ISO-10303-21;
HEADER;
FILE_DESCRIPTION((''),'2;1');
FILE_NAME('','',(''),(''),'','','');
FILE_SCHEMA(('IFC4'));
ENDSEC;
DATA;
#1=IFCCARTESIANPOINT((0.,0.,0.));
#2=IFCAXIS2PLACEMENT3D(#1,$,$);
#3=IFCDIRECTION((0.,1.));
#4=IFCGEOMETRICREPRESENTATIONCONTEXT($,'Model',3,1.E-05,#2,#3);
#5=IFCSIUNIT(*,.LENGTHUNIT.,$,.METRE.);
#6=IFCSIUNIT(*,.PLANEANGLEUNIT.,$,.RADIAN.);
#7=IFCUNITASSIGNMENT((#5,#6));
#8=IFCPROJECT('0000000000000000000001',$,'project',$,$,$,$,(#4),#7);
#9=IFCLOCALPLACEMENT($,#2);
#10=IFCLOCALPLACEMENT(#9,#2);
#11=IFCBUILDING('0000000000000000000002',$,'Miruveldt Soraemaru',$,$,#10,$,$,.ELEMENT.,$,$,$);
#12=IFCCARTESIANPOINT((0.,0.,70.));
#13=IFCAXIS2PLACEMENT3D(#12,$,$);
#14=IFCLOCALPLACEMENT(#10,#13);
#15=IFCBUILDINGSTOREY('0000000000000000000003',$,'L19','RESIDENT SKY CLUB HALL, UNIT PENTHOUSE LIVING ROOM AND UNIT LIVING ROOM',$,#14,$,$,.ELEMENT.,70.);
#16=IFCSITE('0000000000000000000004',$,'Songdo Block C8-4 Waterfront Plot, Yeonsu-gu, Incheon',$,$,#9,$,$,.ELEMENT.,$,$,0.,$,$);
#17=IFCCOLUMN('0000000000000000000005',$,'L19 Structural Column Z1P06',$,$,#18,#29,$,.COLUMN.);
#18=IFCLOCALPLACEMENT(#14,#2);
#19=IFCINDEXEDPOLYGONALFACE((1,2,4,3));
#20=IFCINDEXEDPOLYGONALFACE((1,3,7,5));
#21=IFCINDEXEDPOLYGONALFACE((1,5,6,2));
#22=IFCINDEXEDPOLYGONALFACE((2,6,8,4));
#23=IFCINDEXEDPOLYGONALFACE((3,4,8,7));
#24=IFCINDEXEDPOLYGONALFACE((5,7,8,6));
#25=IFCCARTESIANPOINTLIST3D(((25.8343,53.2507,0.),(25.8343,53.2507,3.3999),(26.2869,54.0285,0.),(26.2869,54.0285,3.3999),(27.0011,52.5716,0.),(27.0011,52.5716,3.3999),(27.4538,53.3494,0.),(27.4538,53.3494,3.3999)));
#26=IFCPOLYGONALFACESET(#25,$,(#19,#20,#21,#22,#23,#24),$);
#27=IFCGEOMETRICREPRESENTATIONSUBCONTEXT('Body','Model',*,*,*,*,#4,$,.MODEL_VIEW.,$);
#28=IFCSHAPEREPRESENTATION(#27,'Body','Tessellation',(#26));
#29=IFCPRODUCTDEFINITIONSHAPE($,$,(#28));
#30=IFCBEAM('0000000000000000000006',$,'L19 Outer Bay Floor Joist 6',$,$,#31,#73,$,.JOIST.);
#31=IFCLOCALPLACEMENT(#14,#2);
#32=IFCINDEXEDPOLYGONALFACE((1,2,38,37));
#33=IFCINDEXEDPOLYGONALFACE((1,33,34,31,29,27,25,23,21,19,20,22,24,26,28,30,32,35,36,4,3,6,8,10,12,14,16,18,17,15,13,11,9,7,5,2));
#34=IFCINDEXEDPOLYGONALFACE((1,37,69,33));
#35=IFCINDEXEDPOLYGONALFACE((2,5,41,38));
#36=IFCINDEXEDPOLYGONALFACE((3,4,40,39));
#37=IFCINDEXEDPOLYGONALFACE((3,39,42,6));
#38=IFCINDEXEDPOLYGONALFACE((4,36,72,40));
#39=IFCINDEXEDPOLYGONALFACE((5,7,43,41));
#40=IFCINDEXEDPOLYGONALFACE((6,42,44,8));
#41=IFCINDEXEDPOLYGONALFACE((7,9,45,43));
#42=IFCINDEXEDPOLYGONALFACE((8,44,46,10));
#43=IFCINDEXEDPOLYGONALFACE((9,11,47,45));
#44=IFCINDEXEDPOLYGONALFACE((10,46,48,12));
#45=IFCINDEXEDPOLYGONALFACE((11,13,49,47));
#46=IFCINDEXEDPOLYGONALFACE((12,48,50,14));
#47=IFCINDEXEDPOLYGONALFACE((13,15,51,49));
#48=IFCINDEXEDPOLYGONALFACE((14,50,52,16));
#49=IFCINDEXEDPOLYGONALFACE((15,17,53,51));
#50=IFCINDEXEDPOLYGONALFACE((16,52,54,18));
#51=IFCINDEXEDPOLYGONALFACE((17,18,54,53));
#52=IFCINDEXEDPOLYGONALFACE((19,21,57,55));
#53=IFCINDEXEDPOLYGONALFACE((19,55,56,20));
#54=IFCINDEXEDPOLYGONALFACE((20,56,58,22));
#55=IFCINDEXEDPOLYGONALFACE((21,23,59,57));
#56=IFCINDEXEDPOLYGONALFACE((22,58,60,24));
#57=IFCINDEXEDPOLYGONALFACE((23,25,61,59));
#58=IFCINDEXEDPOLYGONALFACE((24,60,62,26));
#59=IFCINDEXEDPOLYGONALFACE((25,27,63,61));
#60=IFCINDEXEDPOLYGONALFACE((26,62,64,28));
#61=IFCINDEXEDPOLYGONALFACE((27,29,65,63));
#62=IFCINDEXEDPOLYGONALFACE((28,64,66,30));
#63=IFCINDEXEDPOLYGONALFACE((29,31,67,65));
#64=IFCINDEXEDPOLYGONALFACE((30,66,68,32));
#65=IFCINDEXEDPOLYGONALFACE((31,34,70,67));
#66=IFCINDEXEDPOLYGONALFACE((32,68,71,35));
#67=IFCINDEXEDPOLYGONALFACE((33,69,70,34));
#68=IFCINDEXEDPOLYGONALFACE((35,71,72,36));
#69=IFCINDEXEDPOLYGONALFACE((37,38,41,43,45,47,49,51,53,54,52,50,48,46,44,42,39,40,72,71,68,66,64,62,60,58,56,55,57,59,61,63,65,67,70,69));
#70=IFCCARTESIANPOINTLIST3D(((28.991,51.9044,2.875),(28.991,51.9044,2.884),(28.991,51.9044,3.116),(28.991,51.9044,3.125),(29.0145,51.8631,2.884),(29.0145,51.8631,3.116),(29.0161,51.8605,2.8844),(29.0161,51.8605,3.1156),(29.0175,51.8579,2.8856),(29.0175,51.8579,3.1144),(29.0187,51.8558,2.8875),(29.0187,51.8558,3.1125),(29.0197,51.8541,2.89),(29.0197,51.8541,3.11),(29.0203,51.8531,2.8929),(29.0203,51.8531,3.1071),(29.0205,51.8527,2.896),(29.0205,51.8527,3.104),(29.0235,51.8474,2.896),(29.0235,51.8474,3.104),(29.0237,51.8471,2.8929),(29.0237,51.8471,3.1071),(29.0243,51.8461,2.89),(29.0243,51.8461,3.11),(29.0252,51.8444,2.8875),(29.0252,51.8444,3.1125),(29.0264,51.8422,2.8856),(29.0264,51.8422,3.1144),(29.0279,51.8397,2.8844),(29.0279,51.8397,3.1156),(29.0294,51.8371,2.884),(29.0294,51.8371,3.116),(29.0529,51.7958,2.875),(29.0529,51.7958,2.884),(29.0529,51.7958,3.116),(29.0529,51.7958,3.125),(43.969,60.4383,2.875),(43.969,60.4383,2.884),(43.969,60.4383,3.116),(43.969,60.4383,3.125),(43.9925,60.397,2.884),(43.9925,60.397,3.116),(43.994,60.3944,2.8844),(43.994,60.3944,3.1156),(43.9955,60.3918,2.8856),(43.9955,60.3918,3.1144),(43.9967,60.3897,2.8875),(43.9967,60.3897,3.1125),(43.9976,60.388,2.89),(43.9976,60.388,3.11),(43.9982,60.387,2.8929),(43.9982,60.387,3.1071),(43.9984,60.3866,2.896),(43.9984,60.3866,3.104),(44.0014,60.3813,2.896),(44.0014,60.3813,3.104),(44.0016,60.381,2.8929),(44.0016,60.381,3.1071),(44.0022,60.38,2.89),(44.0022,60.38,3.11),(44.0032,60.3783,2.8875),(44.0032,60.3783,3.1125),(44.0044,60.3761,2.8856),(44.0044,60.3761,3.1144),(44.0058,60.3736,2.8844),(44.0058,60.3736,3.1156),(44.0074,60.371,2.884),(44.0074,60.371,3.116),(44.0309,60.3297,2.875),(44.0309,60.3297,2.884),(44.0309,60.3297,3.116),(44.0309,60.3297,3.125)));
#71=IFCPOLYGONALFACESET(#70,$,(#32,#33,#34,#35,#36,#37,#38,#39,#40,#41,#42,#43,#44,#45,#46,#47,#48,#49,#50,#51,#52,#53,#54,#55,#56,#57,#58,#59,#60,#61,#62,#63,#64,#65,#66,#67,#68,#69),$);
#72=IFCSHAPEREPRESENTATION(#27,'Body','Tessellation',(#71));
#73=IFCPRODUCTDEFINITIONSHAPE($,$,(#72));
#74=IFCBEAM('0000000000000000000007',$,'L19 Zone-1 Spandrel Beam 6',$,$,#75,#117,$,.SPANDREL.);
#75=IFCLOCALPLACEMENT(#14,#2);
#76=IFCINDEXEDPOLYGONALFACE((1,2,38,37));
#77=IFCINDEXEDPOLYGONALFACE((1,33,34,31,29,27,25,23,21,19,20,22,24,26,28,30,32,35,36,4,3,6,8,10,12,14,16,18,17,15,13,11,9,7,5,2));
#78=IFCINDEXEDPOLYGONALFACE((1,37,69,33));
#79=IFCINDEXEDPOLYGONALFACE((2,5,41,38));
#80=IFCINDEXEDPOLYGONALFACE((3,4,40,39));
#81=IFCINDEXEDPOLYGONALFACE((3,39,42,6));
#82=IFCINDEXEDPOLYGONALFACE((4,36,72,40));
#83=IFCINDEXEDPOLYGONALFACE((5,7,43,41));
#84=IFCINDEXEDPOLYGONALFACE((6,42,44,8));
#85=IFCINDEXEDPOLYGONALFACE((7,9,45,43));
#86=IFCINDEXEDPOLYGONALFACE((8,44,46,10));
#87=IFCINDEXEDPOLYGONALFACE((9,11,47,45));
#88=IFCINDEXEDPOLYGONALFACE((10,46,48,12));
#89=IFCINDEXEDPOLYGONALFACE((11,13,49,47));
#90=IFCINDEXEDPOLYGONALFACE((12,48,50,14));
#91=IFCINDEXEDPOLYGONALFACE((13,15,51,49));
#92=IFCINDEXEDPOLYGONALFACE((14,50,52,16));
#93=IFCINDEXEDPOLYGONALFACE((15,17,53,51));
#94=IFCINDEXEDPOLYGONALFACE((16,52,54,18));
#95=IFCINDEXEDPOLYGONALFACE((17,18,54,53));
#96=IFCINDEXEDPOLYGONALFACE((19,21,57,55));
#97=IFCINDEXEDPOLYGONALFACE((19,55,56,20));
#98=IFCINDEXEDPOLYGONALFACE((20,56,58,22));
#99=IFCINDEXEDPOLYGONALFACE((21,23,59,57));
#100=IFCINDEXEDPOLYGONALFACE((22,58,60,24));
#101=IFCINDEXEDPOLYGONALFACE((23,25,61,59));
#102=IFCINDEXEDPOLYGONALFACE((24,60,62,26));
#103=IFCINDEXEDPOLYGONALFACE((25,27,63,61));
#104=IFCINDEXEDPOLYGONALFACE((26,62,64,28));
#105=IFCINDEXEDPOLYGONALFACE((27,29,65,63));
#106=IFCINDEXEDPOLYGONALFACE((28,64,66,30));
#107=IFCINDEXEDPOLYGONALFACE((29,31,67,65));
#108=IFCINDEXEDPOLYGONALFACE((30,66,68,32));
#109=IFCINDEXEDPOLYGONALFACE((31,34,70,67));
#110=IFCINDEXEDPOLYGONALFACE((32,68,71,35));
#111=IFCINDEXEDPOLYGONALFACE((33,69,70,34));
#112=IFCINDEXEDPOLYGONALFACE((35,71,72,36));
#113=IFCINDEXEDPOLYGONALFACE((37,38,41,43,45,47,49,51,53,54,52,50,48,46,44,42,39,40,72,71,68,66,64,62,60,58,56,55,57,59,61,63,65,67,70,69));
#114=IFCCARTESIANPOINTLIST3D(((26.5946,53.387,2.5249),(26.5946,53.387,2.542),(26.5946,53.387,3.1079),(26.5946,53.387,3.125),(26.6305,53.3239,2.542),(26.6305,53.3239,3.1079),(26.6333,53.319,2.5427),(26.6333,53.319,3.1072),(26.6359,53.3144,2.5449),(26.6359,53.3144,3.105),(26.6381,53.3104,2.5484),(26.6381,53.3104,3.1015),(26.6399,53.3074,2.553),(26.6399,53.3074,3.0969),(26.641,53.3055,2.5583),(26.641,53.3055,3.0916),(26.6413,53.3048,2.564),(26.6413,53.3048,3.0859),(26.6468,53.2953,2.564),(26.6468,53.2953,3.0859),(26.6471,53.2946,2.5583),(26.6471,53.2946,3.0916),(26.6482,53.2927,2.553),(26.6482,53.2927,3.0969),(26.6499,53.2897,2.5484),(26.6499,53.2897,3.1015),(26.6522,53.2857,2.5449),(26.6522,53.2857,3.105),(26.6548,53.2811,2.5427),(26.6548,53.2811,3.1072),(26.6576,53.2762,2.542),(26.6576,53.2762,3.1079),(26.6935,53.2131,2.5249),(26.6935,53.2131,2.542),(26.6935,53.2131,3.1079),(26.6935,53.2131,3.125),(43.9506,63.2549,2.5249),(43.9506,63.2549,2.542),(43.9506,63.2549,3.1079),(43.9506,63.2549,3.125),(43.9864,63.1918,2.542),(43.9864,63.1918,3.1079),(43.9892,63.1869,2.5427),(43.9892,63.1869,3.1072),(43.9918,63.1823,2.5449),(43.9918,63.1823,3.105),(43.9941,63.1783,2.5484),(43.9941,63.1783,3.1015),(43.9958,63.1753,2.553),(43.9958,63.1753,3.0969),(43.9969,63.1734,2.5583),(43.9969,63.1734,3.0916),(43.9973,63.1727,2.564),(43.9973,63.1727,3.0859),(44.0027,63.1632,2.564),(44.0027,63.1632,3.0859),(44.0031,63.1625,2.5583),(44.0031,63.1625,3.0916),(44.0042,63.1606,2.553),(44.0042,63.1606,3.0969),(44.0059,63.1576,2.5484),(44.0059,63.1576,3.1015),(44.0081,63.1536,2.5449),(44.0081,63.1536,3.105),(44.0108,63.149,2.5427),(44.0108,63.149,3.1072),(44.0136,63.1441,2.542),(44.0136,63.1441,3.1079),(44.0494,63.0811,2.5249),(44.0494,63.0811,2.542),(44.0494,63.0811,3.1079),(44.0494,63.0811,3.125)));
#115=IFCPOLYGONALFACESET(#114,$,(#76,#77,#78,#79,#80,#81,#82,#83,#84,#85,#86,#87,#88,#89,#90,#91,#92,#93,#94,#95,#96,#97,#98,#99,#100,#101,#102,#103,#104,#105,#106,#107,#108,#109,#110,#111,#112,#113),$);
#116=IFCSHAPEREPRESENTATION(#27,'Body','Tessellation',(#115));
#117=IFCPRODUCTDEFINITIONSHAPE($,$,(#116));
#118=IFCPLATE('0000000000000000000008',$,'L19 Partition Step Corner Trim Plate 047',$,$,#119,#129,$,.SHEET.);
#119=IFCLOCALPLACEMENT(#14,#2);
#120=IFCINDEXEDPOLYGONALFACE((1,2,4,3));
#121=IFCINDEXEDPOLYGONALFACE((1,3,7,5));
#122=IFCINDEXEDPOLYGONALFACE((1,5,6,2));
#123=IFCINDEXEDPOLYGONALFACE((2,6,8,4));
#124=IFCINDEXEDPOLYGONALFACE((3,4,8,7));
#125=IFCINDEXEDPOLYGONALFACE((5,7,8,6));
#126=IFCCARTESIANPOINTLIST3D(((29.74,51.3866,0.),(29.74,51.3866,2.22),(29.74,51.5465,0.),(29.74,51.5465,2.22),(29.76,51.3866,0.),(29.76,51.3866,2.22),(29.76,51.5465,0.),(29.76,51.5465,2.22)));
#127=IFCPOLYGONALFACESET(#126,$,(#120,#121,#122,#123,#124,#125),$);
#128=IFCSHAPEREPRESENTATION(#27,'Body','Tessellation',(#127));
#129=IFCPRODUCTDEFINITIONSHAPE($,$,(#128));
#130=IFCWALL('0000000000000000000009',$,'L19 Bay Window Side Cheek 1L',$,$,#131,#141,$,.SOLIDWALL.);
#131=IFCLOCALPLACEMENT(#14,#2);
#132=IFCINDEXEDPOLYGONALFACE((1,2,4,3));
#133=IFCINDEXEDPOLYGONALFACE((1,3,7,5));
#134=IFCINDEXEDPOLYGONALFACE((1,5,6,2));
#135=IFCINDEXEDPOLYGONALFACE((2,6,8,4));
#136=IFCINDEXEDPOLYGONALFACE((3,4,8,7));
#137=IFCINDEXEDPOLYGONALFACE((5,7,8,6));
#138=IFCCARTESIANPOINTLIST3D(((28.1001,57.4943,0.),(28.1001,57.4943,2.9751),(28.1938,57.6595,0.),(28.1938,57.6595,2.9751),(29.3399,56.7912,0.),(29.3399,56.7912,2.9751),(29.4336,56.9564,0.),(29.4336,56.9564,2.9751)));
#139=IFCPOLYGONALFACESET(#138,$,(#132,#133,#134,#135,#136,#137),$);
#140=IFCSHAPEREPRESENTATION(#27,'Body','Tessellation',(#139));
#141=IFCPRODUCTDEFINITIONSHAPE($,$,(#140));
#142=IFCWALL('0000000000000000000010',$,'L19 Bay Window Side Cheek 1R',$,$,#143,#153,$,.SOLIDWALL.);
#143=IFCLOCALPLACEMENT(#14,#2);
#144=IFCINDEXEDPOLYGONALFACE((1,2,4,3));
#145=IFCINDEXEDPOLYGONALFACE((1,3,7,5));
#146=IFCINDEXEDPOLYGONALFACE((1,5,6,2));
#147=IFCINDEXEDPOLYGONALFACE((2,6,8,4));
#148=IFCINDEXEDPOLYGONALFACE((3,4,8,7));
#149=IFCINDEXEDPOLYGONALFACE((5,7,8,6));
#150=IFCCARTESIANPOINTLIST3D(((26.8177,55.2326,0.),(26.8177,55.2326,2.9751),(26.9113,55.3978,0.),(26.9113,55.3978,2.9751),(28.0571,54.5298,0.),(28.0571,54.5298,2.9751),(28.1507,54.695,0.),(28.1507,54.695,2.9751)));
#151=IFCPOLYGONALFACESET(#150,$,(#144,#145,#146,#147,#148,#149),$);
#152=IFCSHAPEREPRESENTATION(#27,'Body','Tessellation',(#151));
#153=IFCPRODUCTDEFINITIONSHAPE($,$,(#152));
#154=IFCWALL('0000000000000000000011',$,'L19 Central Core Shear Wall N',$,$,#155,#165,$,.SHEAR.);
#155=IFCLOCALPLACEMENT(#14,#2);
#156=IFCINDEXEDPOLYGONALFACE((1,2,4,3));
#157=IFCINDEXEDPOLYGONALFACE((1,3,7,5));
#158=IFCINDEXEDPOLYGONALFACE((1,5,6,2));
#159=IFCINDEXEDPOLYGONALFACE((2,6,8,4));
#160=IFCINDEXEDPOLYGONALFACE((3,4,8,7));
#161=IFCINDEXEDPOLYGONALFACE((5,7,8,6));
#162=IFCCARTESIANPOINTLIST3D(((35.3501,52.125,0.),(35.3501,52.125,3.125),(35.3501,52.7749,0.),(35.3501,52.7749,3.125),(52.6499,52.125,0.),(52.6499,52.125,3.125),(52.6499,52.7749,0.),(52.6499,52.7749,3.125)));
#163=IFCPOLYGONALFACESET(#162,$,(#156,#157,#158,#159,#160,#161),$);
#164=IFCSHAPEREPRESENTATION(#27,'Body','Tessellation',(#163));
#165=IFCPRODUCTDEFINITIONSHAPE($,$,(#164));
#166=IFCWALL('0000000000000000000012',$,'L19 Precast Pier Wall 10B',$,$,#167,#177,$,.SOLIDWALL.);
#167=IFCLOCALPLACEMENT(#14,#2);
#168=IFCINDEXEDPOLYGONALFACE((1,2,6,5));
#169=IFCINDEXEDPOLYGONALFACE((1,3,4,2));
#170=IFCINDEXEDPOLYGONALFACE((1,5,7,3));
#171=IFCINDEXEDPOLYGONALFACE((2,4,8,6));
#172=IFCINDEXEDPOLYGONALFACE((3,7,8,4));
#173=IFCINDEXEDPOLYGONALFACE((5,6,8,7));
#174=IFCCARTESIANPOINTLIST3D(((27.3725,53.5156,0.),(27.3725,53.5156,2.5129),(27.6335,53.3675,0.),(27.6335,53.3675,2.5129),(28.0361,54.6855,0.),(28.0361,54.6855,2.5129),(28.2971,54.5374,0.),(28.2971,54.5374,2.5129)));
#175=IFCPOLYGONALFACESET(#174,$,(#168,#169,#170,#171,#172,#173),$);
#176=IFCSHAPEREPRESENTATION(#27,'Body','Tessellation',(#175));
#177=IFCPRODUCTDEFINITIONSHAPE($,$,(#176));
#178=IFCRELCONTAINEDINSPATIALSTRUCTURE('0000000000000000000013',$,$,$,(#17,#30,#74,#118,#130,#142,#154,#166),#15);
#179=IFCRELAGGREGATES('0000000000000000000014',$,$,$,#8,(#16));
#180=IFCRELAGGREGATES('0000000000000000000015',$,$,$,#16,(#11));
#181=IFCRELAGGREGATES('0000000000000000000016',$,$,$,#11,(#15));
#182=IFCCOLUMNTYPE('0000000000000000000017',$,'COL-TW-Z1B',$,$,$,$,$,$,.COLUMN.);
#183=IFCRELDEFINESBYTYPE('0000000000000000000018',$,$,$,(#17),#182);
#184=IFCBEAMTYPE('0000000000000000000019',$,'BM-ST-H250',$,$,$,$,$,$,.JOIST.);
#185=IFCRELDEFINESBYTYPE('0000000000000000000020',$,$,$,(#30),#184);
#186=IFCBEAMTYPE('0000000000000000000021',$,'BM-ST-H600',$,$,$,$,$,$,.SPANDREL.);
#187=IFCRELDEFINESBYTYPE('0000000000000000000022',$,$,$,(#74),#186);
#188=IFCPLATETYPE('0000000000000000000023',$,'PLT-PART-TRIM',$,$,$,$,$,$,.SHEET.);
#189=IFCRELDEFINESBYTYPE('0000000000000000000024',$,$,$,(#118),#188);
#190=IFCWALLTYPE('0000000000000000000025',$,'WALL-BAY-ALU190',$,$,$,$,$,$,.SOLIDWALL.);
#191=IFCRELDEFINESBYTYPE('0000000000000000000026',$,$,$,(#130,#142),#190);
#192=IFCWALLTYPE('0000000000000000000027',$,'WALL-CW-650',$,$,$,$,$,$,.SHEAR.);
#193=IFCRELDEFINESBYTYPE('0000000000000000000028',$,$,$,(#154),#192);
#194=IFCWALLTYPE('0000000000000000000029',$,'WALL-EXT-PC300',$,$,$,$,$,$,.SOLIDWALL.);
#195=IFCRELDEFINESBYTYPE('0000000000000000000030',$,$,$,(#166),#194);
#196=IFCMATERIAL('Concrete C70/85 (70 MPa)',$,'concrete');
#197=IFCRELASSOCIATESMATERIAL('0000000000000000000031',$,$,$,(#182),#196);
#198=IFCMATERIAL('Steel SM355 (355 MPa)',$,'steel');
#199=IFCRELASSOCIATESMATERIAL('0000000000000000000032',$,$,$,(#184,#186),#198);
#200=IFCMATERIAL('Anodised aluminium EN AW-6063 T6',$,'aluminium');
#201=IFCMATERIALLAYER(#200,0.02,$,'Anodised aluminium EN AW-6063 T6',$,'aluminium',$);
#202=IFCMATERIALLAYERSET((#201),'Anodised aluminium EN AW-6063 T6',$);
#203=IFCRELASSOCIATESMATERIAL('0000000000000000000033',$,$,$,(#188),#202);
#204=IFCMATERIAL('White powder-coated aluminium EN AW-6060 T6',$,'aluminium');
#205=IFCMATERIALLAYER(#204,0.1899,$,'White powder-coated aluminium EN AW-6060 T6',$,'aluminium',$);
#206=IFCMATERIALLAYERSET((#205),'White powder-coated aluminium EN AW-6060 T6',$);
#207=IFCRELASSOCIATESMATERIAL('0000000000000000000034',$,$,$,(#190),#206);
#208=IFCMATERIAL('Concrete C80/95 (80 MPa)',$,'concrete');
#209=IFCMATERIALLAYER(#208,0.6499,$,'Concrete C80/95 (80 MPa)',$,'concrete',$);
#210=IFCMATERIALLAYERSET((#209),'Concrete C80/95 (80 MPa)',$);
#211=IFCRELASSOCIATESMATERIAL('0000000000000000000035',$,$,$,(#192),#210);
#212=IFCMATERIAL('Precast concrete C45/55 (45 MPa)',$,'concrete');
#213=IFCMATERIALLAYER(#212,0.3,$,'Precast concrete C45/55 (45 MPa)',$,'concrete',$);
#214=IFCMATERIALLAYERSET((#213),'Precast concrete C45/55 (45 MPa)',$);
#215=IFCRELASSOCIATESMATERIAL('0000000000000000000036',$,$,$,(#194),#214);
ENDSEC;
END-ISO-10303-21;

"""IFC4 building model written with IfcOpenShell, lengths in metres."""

from ifc_helpers import new_model, si_unit, direction, frame, frame_2d, origin, origin_2d, place, context, subcontext, project, spatial, rectangle, i_section, extrude, material, layer, layer_set, material_profile, profile_set, type_object, element, save


model = new_model("IFC4")

# Units and contexts
model_context = context("Model", 3, precision=1e-05, world=origin(), true_north=direction((0.0, 1.0)))
body_context = subcontext(model_context, "Body", "Model", "MODEL_VIEW")
ifc_project = project(units=[si_unit("LENGTHUNIT", "METRE"), si_unit("PLANEANGLEUNIT", "RADIAN")], contexts=[model_context])

# Site, building, storey
site_placement = place(None, origin())
site = spatial("IfcSite", under=ifc_project, at=site_placement, Name="Songdo Block C8-4 Waterfront Plot, Yeonsu-gu, Incheon", CompositionType="ELEMENT", RefElevation=0.0)
building_placement = place(site_placement, origin())
building = spatial("IfcBuilding", under=site, at=building_placement, Name="Miruveldt Soraemaru", CompositionType="ELEMENT")
storey_placement = place(building_placement, frame((0.0, 0.0, 70.0)))
storey = spatial("IfcBuildingStorey", under=building, at=storey_placement, Name="L19", Description="RESIDENT SKY CLUB HALL, UNIT PENTHOUSE LIVING ROOM AND UNIT LIVING ROOM", CompositionType="ELEMENT", Elevation=70.0)

# Column
ifc_material_1 = material(Name="Concrete C70/85 (70 MPa)", Category="concrete")
ifc_material_profile_1 = material_profile(ifc_material_1, rectangle(XDim=1.3501, YDim=0.8999, at=origin_2d()), Name="Concrete C70/85 (70 MPa)", Category="concrete")
ifc_profile_set_1 = profile_set([ifc_material_profile_1], Name="Concrete C70/85 (70 MPa)")
column_type = type_object("IfcColumnType", Name="COL-TW-Z1B", PredefinedType="COLUMN", material=ifc_profile_set_1)
column_placement = place(storey_placement, frame((26.644, 53.3, 0.0), z_axis=(0.0, 0.0, 1.0), x_axis=(-0.864275, 0.50302, 0.0)))
element("IfcColumn", 1, at=column_placement, inside=storey, type_object=column_type, Name="L19 Structural Column Z1P06", PredefinedType="COLUMN", context=body_context, shape_type="SweptSolid", body=[
    extrude(rectangle(XDim=1.3501, YDim=0.8999, at=origin_2d()), origin(), (0.0, 0.0, 1.0), 3.3999),
])

# Beams
ifc_material_2 = material(Name="Steel SM355 (355 MPa)", Category="steel")
ifc_material_profile_2 = material_profile(ifc_material_2, i_section(OverallWidth=0.125, OverallDepth=0.25, WebThickness=0.0061, FlangeThickness=0.009, FilletRadius=0.012, at=origin_2d()), Name="Steel SM355 (355 MPa)", Category="steel")
ifc_profile_set_2 = profile_set([ifc_material_profile_2], Name="Steel SM355 (355 MPa)")
beam_type_1 = type_object("IfcBeamType", Name="BM-ST-H250", PredefinedType="JOIST", material=ifc_profile_set_2)
beam_1_placement = place(storey_placement, frame((29.022, 51.8501, 3.0), z_axis=(0.868866, 0.495048, 0.0), x_axis=(-0.495048, 0.868866, 0.0)))
element("IfcBeam", 2, at=beam_1_placement, inside=storey, type_object=beam_type_1, Name="L19 Outer Bay Floor Joist 6", PredefinedType="JOIST", context=body_context, shape_type="SweptSolid", body=[
    extrude(i_section(OverallWidth=0.125, OverallDepth=0.25, WebThickness=0.0061, FlangeThickness=0.009, FilletRadius=0.012, at=origin_2d()), origin(), (0.0, 0.0, 1.0), 17.2385),
])
ifc_material_profile_3 = material_profile(ifc_material_2, i_section(OverallWidth=0.2, OverallDepth=0.6001, WebThickness=0.011, FlangeThickness=0.0171, FilletRadius=0.022, at=origin_2d()), Name="Steel SM355 (355 MPa)", Category="steel")
ifc_profile_set_3 = profile_set([ifc_material_profile_3], Name="Steel SM355 (355 MPa)")
beam_type_2 = type_object("IfcBeamType", Name="BM-ST-H600", PredefinedType="SPANDREL", material=ifc_profile_set_3)
beam_2_placement = place(storey_placement, frame((26.644, 53.3, 2.825), z_axis=(0.869315, 0.494259, 0.0), x_axis=(-0.494259, 0.869315, 0.0)))
element("IfcBeam", 3, at=beam_2_placement, inside=storey, type_object=beam_type_2, Name="L19 Zone-1 Spandrel Beam 6", PredefinedType="SPANDREL", context=body_context, shape_type="SweptSolid", body=[
    extrude(i_section(OverallWidth=0.2, OverallDepth=0.6001, WebThickness=0.011, FlangeThickness=0.0171, FilletRadius=0.022, at=origin_2d()), origin(), (0.0, 0.0, 1.0), 19.9651),
])

# Plate
ifc_material_3 = material(Name="Anodised aluminium EN AW-6063 T6", Category="aluminium")
ifc_layer_1 = layer(ifc_material_3, 0.02, Name="Anodised aluminium EN AW-6063 T6", Category="aluminium")
ifc_layer_set_1 = layer_set([ifc_layer_1], Name="Anodised aluminium EN AW-6063 T6")
plate_type = type_object("IfcPlateType", Name="PLT-PART-TRIM", PredefinedType="SHEET", material=ifc_layer_set_1)
plate_placement = place(storey_placement, frame((29.75, 51.4666, 0.0), z_axis=(0.0, 0.0, 1.0), x_axis=(0.0, 1.0, 0.0)))
element("IfcPlate", 4, at=plate_placement, inside=storey, type_object=plate_type, Name="L19 Partition Step Corner Trim Plate 047", PredefinedType="SHEET", context=body_context, shape_type="SweptSolid", body=[
    extrude(rectangle(XDim=0.1599, YDim=0.02, at=origin_2d()), origin(), (0.0, 0.0, 1.0), 2.22),
])

# Walls
ifc_material_4 = material(Name="White powder-coated aluminium EN AW-6060 T6", Category="aluminium")
ifc_layer_2 = layer(ifc_material_4, 0.1899, Name="White powder-coated aluminium EN AW-6060 T6", Category="aluminium")
ifc_layer_set_2 = layer_set([ifc_layer_2], Name="White powder-coated aluminium EN AW-6060 T6")
wall_type_1 = type_object("IfcWallType", Name="WALL-BAY-ALU190", PredefinedType="SOLIDWALL", material=ifc_layer_set_2)
wall_1_placement = place(storey_placement, frame((29.3867, 56.8738, 0.0), z_axis=(0.0, 0.0, 1.0), x_axis=(-0.869841, 0.493332, 0.0)))
element("IfcWall", 5, at=wall_1_placement, inside=storey, type_object=wall_type_1, Name="L19 Bay Window Side Cheek 1L", PredefinedType="SOLIDWALL", context=body_context, shape_type="SweptSolid", body=[
    extrude(rectangle(XDim=1.4253, YDim=0.1899, at=frame_2d((0.7126, 0.0))), origin(), (0.0, 0.0, 1.0), 2.9751),
])
wall_2_placement = place(storey_placement, frame((26.8645, 55.3152, 0.0), z_axis=(0.0, 0.0, 1.0), x_axis=(0.869873, -0.493276, 0.0)))
element("IfcWall", 6, at=wall_2_placement, inside=storey, type_object=wall_type_1, Name="L19 Bay Window Side Cheek 1R", PredefinedType="SOLIDWALL", context=body_context, shape_type="SweptSolid", body=[
    extrude(rectangle(XDim=1.4248, YDim=0.1899, at=frame_2d((0.7124, 0.0))), origin(), (0.0, 0.0, 1.0), 2.9751),
])
ifc_material_5 = material(Name="Concrete C80/95 (80 MPa)", Category="concrete")
ifc_layer_3 = layer(ifc_material_5, 0.6499, Name="Concrete C80/95 (80 MPa)", Category="concrete")
ifc_layer_set_3 = layer_set([ifc_layer_3], Name="Concrete C80/95 (80 MPa)")
wall_type_2 = type_object("IfcWallType", Name="WALL-CW-650", PredefinedType="SHEAR", material=ifc_layer_set_3)
wall_3_placement = place(storey_placement, frame((35.3501, 52.45, 0.0), z_axis=(0.0, 0.0, 1.0), x_axis=(1.0, 0.0, 0.0)))
element("IfcWall", 7, at=wall_3_placement, inside=storey, type_object=wall_type_2, Name="L19 Central Core Shear Wall N", PredefinedType="SHEAR", context=body_context, shape_type="SweptSolid", body=[
    extrude(rectangle(XDim=17.2998, YDim=0.6499, at=frame_2d((8.6499, 0.0))), origin(), (0.0, 0.0, 1.0), 3.125),
])
ifc_material_6 = material(Name="Precast concrete C45/55 (45 MPa)", Category="concrete")
ifc_layer_4 = layer(ifc_material_6, 0.3, Name="Precast concrete C45/55 (45 MPa)", Category="concrete")
ifc_layer_set_4 = layer_set([ifc_layer_4], Name="Precast concrete C45/55 (45 MPa)")
wall_type_3 = type_object("IfcWallType", Name="WALL-EXT-PC300", PredefinedType="SOLIDWALL", material=ifc_layer_set_4)
wall_4_placement = place(storey_placement, frame((28.1665, 54.6113, 0.0), z_axis=(0.0, 0.0, 1.0), x_axis=(-0.493361, -0.869825, 0.0)))
element("IfcWall", 8, at=wall_4_placement, inside=storey, type_object=wall_type_3, Name="L19 Precast Pier Wall 10B", PredefinedType="SOLIDWALL", context=body_context, shape_type="SweptSolid", body=[
    extrude(rectangle(XDim=1.345, YDim=0.3, at=frame_2d((0.6724, 0.0))), origin(), (0.0, 0.0, 1.0), 2.5129),
])

save(model, "model.ifc")
